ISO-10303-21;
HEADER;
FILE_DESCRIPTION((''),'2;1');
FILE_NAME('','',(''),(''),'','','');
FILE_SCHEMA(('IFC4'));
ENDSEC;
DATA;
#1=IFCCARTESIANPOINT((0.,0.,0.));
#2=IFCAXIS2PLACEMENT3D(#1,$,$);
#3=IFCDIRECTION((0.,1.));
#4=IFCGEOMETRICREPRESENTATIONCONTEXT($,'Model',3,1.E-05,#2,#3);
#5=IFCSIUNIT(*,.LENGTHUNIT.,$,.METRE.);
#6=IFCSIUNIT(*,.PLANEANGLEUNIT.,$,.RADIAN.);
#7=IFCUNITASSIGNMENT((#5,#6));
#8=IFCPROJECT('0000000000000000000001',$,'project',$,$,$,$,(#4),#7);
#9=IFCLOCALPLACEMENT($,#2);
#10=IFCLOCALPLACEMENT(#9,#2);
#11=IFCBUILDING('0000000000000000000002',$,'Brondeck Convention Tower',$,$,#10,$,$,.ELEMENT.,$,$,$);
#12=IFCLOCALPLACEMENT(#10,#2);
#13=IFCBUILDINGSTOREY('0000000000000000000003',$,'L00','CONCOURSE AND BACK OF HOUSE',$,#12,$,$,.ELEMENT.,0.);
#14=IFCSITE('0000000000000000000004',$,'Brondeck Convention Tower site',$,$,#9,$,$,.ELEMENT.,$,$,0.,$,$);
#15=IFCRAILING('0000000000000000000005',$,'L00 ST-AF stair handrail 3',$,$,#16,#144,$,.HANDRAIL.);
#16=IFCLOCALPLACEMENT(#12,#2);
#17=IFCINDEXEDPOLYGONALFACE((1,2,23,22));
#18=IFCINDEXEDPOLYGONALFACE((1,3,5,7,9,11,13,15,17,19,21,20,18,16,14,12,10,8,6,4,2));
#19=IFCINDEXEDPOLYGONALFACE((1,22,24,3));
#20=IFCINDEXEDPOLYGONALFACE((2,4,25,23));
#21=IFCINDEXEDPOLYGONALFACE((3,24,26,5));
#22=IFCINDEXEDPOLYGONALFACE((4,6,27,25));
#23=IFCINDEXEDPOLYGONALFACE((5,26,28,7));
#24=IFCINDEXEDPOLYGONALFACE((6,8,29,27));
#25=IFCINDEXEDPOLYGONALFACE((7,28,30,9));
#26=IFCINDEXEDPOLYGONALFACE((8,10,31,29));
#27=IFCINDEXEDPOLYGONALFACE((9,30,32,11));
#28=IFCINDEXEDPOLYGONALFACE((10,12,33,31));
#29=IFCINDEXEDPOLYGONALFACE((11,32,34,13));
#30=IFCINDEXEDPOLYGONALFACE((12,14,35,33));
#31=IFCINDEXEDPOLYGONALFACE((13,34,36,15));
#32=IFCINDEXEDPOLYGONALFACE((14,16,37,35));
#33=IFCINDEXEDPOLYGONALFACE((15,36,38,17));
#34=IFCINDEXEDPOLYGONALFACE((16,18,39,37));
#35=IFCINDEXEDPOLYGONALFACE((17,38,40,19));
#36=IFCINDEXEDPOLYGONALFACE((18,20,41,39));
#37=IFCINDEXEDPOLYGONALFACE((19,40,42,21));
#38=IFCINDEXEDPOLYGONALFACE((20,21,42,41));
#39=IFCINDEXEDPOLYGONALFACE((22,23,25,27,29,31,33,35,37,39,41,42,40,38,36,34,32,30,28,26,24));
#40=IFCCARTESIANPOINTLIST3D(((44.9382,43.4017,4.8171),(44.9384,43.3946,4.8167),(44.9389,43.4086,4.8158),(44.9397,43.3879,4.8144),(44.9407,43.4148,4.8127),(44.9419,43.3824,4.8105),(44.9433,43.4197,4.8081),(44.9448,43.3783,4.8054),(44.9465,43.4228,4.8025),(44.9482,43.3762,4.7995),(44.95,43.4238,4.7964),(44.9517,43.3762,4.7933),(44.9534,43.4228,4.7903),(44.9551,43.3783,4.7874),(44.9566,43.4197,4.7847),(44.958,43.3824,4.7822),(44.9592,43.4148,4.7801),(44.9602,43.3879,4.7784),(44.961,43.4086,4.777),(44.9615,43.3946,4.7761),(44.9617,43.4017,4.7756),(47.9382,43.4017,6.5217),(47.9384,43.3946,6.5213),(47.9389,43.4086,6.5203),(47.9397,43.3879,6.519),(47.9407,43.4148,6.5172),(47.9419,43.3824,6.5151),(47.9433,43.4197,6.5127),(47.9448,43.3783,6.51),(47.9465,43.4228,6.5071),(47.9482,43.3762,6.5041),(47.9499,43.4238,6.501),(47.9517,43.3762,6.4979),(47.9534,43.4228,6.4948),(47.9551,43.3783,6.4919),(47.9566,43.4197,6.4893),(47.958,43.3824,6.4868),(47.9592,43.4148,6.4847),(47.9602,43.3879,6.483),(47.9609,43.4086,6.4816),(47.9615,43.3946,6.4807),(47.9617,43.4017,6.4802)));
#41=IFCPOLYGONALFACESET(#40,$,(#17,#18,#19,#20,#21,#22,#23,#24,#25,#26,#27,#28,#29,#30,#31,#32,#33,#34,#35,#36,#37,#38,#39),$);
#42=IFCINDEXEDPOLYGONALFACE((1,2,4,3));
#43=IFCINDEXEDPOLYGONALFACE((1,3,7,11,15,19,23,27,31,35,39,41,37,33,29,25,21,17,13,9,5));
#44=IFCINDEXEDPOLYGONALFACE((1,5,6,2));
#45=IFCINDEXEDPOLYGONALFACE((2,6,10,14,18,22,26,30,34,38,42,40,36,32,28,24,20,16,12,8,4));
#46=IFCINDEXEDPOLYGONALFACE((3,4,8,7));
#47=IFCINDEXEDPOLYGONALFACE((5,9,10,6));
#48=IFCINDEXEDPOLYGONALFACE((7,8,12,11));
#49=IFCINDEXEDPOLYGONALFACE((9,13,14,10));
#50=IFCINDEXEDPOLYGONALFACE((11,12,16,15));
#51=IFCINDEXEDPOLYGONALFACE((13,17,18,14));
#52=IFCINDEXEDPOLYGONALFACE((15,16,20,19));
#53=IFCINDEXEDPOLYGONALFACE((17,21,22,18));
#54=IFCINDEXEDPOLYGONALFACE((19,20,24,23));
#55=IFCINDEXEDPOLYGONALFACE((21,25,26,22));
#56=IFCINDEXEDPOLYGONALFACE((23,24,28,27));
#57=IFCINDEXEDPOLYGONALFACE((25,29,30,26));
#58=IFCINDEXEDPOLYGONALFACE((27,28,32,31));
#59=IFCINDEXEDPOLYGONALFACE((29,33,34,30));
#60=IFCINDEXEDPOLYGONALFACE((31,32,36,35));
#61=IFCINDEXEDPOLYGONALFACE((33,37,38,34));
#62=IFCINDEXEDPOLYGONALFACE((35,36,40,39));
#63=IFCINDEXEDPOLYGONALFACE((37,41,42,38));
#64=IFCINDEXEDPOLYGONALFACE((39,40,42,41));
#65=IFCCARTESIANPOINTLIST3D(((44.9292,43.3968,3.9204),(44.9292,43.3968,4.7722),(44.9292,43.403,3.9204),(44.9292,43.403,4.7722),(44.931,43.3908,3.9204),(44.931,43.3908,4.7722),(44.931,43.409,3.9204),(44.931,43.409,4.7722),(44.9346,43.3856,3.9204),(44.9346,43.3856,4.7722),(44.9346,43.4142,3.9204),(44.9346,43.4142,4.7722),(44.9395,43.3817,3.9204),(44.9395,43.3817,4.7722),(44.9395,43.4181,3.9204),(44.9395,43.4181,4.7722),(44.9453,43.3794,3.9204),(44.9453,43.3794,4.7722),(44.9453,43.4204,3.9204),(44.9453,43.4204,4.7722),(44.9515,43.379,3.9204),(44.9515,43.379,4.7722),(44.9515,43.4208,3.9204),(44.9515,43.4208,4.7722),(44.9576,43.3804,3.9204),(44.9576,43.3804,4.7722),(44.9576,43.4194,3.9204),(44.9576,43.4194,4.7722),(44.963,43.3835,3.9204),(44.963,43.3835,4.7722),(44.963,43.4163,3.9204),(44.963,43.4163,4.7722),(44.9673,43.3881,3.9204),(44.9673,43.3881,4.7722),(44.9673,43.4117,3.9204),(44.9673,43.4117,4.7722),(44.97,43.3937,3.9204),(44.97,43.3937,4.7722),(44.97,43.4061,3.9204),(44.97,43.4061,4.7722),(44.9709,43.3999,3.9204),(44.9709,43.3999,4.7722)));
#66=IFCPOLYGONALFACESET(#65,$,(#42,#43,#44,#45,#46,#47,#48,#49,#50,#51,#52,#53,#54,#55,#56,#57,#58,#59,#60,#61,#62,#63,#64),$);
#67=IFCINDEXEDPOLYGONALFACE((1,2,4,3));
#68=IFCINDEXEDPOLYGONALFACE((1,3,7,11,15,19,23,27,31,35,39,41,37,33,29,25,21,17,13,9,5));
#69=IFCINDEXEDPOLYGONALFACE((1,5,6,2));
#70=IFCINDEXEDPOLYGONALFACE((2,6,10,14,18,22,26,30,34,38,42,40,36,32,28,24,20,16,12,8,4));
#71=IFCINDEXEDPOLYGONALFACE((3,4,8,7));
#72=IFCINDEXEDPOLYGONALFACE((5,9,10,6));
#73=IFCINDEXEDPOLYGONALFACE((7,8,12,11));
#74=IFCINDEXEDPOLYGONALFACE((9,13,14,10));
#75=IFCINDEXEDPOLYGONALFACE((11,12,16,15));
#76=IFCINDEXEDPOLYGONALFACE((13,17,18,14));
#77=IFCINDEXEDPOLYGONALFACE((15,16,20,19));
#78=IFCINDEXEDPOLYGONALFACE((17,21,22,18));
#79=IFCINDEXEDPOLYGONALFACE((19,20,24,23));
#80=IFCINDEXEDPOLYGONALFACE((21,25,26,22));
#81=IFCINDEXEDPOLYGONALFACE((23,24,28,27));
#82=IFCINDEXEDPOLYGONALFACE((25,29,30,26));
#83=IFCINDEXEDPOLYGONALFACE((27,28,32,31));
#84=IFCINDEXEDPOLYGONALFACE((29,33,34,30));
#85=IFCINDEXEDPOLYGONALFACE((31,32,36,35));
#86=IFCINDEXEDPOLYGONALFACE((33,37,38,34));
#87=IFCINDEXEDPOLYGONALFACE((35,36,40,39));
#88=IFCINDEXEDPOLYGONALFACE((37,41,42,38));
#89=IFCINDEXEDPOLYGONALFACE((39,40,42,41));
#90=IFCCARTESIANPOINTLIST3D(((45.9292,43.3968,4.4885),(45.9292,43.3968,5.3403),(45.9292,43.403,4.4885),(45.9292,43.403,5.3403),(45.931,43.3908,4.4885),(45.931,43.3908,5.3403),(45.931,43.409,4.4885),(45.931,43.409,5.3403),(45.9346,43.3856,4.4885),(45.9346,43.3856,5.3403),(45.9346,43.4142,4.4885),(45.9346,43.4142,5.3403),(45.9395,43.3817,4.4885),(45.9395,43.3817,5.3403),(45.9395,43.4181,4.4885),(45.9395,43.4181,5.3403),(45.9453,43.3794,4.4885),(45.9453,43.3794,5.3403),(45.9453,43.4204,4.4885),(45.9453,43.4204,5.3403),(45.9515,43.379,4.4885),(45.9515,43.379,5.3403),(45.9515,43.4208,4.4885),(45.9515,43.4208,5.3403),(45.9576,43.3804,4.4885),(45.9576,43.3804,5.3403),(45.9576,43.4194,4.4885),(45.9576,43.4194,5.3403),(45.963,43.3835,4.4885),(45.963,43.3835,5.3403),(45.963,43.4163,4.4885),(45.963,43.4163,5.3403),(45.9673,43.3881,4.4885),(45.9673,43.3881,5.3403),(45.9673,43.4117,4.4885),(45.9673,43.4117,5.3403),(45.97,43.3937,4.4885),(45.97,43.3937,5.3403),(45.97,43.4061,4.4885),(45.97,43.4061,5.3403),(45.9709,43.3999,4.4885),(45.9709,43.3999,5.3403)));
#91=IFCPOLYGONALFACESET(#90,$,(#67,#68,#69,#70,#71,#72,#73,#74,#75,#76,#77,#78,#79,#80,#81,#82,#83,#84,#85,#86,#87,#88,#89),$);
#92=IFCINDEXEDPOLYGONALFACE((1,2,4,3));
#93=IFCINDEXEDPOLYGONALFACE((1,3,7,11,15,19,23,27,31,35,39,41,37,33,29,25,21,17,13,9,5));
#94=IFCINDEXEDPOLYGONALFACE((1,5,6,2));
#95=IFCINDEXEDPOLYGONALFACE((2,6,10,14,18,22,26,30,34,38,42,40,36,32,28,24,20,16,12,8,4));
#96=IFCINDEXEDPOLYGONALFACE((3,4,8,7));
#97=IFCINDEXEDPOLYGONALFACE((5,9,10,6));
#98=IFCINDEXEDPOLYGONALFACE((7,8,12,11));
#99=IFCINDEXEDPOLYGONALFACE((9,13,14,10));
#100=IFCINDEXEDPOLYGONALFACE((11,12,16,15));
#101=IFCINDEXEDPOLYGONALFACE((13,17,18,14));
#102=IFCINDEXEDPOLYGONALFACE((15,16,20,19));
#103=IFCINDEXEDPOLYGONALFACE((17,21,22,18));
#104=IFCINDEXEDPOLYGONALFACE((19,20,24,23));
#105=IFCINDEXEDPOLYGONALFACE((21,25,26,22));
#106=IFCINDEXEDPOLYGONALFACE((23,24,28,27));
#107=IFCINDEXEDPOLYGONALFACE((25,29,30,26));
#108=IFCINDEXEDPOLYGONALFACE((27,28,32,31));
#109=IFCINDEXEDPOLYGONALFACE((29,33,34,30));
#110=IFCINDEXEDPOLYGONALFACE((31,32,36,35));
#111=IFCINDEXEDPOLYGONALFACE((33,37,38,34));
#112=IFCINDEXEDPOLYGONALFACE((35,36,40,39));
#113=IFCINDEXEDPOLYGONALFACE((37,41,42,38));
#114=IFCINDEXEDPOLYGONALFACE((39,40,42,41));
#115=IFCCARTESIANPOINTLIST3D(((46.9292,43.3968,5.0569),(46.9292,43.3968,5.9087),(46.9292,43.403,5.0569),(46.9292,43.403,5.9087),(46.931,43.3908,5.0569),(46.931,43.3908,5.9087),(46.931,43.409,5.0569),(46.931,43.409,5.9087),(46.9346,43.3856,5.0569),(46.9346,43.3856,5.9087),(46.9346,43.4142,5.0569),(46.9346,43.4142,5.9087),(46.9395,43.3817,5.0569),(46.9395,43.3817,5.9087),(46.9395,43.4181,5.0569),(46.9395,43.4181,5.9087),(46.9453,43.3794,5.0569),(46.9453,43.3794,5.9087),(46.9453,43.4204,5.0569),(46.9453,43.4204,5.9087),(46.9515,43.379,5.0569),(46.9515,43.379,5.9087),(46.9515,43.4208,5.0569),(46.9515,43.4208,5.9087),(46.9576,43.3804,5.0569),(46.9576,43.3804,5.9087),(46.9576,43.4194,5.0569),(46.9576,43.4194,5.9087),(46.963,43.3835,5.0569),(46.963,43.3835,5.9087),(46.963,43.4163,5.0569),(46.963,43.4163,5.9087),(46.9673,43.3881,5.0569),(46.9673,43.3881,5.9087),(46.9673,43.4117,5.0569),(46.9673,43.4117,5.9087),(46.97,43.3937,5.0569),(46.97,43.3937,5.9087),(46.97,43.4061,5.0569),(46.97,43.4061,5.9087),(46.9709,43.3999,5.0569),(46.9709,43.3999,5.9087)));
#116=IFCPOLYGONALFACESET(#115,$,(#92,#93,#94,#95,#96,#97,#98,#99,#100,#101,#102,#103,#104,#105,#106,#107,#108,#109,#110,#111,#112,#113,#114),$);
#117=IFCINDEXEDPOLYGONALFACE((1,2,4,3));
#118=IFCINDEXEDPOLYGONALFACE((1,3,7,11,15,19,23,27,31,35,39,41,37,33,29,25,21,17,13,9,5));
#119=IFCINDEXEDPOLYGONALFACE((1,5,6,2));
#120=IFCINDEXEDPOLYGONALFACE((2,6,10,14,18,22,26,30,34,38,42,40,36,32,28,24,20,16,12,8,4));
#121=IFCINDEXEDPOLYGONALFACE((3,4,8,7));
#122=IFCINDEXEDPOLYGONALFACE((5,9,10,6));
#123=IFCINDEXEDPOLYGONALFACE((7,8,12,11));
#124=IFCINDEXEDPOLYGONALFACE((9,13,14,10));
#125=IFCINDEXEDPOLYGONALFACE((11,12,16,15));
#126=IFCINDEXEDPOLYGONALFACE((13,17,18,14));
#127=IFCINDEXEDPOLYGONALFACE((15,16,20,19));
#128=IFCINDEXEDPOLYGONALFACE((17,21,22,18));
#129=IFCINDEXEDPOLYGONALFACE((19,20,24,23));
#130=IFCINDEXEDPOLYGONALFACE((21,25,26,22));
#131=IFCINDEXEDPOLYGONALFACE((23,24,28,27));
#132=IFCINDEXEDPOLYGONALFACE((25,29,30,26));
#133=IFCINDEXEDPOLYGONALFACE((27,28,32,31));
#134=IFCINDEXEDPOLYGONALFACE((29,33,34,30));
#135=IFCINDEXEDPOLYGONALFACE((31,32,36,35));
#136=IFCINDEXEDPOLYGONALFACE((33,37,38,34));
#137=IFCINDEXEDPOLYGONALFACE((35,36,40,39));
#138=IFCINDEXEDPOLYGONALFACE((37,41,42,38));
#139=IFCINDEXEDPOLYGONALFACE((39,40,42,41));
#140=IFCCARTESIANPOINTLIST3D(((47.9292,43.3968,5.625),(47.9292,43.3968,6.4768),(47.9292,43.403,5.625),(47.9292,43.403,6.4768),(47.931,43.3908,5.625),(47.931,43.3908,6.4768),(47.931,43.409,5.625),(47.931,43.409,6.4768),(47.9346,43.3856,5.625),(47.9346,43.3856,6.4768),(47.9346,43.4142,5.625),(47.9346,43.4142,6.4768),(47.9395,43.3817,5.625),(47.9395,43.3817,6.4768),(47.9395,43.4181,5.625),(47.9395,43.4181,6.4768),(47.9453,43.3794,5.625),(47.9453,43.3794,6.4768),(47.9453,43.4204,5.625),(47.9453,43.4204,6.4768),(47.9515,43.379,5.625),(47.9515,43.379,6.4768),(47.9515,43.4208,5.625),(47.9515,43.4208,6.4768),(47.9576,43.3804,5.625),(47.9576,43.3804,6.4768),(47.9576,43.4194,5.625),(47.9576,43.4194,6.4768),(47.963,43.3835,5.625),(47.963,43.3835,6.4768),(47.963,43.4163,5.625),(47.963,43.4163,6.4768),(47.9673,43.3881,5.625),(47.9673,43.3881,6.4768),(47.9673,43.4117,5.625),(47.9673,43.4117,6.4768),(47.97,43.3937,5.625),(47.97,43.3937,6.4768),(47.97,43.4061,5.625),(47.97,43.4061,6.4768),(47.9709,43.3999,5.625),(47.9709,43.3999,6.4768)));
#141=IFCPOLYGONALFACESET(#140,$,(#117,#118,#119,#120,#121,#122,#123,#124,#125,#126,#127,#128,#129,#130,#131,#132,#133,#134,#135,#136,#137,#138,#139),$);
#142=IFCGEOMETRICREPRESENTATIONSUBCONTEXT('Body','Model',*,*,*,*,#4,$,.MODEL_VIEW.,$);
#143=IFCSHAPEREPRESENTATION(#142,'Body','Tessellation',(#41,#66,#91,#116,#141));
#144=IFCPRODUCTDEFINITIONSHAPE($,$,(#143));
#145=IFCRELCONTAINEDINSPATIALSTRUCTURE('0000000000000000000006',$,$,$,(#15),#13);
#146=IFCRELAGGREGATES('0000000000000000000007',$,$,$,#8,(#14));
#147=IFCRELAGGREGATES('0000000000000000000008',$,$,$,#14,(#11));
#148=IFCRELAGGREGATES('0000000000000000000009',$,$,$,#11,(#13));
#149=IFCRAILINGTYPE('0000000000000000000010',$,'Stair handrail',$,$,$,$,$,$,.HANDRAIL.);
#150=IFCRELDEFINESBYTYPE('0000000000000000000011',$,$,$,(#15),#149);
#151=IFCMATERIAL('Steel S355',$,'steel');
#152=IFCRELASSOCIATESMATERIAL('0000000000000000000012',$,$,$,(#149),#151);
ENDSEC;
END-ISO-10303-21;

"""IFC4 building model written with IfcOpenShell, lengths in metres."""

from ifc_helpers import new_model, si_unit, direction, frame, origin, origin_2d, place, context, subcontext, project, spatial, circle, extrude, material, type_object, element, save


model = new_model("IFC4")

# Units and contexts
model_context = context("Model", 3, precision=1e-05, world=origin(), true_north=direction((0.0, 1.0)))
body_context = subcontext(model_context, "Body", "Model", "MODEL_VIEW")
ifc_project = project(units=[si_unit("LENGTHUNIT", "METRE"), si_unit("PLANEANGLEUNIT", "RADIAN")], contexts=[model_context])

# Site, building, storey
site_placement = place(None, origin())
site = spatial("IfcSite", under=ifc_project, at=site_placement, Name="Brondeck Convention Tower site", CompositionType="ELEMENT", RefElevation=0.0)
building_placement = place(site_placement, origin())
building = spatial("IfcBuilding", under=site, at=building_placement, Name="Brondeck Convention Tower", CompositionType="ELEMENT")
storey_placement = place(building_placement, origin())
storey = spatial("IfcBuildingStorey", under=building, at=storey_placement, Name="L00", Description="CONCOURSE AND BACK OF HOUSE", CompositionType="ELEMENT", Elevation=0.0)

# Shared definitions
ifc_material_1 = material(Name="Steel S355", Category="steel")

# Railing
railing_type_1 = type_object("IfcRailingType", Name="Stair handrail", PredefinedType="HANDRAIL", material=ifc_material_1)
railing_1_placement = place(storey_placement, frame((44.95, 43.3999, 3.9204)))
element("IfcRailing", 1, at=railing_1_placement, inside=storey, type_object=railing_type_1, Name="L00 ST-AF stair handrail 3", PredefinedType="HANDRAIL", context=body_context, shape_type="SweptSolid", body=[
    extrude(circle(Radius=0.0239, at=origin_2d()), frame((0.0, 0.0, 0.876), z_axis=(0.869451, 0.0, 0.494019), x_axis=(0.0, 1.0, 0.0)), (0.0, 0.0, 1.0), 3.4504),
    extrude(circle(Radius=0.021, at=origin_2d()), origin(), (0.0, 0.0, 1.0), 0.8518),
    extrude(circle(Radius=0.021, at=origin_2d()), frame((1.0, 0.0, 0.5681)), (0.0, 0.0, 1.0), 0.8518),
    extrude(circle(Radius=0.021, at=origin_2d()), frame((2.0, 0.0, 1.1365)), (0.0, 0.0, 1.0), 0.8518),
    extrude(circle(Radius=0.021, at=origin_2d()), frame((3.0, 0.0, 1.7046)), (0.0, 0.0, 1.0), 0.8518),
])

save(model, "model.ifc")
